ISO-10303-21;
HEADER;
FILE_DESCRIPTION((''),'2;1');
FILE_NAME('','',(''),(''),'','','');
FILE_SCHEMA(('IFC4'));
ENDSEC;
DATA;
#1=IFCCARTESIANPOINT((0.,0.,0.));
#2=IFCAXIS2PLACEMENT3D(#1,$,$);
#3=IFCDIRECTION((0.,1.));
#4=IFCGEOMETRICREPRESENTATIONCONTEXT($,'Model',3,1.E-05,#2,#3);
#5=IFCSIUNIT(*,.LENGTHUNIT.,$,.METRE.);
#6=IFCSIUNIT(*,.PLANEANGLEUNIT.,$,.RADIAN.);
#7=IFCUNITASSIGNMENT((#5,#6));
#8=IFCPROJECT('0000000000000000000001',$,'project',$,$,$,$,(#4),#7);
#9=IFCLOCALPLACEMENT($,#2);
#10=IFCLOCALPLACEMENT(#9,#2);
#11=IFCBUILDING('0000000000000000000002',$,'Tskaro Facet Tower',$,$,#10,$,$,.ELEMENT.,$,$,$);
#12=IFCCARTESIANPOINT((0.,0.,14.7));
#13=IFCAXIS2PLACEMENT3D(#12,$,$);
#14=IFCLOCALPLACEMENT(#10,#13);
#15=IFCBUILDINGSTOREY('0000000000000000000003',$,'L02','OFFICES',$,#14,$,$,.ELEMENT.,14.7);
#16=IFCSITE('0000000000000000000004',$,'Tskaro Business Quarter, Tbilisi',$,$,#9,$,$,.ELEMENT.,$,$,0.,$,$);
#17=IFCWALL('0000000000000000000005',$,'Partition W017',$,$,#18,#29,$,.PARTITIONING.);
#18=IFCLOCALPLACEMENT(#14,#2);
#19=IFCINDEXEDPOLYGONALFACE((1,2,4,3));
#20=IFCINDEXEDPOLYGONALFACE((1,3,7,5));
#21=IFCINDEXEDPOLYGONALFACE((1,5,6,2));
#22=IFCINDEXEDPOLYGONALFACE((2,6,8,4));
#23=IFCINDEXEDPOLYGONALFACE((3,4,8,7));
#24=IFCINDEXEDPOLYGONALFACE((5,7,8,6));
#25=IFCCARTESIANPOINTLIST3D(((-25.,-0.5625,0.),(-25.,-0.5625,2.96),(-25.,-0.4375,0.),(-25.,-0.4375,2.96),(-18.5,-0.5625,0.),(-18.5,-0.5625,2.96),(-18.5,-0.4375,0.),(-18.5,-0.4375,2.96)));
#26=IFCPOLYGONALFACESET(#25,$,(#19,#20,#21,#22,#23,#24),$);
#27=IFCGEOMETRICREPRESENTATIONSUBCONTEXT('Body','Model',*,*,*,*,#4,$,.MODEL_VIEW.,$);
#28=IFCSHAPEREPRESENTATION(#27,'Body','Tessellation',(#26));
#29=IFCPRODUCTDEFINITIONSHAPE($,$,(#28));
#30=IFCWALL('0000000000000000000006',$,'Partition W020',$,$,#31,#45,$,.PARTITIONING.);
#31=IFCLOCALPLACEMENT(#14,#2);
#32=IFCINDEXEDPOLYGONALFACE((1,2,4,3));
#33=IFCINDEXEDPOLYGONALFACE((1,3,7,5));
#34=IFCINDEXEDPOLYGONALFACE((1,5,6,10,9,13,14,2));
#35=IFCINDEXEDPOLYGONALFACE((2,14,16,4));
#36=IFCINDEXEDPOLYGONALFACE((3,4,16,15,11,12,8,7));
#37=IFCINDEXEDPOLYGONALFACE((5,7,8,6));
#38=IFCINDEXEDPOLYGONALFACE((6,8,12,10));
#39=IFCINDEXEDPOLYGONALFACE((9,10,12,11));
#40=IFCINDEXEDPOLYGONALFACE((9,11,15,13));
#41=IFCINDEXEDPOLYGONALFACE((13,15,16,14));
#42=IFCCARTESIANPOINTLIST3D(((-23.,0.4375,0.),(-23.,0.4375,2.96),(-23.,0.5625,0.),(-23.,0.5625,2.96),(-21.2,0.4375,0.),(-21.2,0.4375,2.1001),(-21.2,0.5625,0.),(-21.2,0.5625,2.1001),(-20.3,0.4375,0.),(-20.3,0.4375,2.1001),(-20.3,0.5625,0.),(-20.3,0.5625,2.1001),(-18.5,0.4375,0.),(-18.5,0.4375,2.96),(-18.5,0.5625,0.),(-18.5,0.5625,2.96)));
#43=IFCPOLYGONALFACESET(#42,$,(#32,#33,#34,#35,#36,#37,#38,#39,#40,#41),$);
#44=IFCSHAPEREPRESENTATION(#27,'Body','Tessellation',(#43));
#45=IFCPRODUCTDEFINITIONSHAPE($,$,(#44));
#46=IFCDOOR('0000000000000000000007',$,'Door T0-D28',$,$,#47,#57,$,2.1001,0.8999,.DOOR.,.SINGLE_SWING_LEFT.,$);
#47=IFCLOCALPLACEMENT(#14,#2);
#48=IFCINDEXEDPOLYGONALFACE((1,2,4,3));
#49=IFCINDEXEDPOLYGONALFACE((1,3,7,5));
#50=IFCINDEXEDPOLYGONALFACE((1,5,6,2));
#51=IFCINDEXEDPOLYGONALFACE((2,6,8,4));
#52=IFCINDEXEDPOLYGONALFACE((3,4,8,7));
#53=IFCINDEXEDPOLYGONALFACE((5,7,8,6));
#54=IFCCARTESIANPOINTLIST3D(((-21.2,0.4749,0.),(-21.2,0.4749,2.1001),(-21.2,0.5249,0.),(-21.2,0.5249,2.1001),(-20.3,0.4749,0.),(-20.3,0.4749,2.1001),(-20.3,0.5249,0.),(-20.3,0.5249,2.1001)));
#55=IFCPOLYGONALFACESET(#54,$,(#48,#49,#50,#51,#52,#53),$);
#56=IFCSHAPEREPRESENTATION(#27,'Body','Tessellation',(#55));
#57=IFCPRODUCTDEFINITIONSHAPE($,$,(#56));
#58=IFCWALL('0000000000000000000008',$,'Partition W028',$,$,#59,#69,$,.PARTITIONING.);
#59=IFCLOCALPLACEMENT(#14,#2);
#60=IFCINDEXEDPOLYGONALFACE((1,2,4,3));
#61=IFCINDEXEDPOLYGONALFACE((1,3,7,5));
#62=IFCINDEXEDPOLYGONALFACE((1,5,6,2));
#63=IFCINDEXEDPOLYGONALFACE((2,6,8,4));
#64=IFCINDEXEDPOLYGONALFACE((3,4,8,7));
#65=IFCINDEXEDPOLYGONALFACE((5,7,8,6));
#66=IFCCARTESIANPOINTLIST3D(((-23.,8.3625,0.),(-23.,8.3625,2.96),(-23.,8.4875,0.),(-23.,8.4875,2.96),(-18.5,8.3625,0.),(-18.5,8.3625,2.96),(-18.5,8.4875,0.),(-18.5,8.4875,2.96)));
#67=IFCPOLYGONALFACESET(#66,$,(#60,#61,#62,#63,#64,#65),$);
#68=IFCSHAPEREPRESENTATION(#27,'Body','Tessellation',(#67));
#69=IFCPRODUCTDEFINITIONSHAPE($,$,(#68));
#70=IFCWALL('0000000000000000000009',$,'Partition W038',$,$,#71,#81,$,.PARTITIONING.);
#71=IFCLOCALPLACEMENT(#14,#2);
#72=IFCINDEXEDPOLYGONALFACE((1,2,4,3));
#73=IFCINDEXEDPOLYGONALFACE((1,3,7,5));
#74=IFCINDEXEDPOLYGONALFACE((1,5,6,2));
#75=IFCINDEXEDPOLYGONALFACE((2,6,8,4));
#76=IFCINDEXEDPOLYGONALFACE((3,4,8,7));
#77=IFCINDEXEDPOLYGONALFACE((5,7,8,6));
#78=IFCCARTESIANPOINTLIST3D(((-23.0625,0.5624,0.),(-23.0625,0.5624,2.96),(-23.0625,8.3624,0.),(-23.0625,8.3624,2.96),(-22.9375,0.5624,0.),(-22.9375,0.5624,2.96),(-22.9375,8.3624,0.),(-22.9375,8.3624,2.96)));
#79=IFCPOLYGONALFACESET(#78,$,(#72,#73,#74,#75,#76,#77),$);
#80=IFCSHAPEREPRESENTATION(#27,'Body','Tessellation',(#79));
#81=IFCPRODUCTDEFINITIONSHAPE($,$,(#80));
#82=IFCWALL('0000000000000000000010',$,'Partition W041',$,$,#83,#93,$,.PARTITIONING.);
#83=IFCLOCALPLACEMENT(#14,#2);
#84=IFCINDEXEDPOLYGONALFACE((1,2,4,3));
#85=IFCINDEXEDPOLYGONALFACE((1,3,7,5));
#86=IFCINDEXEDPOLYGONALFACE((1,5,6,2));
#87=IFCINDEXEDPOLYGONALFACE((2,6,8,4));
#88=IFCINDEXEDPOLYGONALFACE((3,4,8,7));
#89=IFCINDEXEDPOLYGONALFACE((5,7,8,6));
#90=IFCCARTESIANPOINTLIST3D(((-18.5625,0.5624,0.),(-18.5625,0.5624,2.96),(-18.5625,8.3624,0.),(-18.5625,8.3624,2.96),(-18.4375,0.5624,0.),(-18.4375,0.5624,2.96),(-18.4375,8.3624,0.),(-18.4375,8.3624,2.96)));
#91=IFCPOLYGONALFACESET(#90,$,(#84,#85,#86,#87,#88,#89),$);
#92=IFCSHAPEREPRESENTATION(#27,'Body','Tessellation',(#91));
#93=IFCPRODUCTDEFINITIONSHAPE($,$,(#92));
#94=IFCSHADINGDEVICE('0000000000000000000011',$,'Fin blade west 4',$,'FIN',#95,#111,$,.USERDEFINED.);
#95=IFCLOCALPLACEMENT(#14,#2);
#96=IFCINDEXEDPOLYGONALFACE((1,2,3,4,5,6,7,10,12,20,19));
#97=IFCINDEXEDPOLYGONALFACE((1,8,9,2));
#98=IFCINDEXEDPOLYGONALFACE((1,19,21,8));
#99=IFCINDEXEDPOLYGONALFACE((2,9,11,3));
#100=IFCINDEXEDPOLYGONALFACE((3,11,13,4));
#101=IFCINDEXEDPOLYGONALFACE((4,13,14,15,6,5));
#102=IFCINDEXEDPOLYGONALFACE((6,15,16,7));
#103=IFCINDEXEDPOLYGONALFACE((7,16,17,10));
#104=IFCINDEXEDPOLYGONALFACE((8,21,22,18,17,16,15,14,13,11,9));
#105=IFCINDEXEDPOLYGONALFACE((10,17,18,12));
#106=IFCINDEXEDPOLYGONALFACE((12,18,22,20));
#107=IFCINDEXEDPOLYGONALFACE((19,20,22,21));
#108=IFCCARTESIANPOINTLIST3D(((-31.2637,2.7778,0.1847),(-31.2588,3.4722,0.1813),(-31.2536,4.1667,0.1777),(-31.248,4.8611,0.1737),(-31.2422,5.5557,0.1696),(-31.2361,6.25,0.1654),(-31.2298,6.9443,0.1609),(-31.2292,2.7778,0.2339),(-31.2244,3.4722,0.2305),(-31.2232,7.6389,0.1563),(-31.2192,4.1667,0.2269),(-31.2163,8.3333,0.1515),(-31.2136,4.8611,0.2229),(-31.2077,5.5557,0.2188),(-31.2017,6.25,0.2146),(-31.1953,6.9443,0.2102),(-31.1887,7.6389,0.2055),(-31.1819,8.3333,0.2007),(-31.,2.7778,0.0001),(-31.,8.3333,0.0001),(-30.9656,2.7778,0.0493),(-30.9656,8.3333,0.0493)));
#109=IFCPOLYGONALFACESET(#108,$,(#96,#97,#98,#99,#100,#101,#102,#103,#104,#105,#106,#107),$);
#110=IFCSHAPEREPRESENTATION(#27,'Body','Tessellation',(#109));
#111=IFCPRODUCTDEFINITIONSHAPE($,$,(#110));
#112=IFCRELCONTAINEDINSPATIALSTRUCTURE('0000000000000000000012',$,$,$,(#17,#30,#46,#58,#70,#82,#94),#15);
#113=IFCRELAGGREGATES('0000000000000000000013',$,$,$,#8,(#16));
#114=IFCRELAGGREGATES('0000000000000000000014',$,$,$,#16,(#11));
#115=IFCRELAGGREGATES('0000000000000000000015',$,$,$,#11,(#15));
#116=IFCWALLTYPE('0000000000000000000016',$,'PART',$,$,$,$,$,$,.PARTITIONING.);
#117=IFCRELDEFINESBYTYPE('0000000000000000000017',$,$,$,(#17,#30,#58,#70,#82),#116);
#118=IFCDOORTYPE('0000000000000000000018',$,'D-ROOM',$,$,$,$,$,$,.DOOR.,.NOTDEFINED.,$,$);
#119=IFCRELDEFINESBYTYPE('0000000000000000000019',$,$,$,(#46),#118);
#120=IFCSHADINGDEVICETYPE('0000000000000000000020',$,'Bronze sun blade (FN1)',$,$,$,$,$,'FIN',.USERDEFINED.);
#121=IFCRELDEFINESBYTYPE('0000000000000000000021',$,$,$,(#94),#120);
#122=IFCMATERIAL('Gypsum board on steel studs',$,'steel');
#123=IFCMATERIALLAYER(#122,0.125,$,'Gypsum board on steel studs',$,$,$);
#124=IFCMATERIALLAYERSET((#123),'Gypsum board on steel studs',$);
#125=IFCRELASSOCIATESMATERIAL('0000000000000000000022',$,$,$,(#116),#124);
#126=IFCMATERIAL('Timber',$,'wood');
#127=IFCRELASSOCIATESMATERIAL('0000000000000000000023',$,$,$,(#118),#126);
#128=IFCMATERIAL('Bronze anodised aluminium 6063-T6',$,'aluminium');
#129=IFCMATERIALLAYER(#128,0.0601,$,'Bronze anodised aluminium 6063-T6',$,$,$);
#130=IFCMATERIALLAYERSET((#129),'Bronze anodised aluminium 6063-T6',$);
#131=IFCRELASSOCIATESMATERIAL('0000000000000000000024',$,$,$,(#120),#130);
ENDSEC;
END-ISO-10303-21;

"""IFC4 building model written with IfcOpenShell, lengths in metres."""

from ifc_helpers import new_model, si_unit, direction, frame, frame_2d, origin, place, context, subcontext, project, spatial, polyline, rectangle, outline, extrude, material, layer, layer_set, type_object, element, fill, save


model = new_model("IFC4")

# Units and contexts
model_context = context("Model", 3, precision=1e-05, world=origin(), true_north=direction((0.0, 1.0)))
body_context = subcontext(model_context, "Body", "Model", "MODEL_VIEW")
ifc_project = project(units=[si_unit("LENGTHUNIT", "METRE"), si_unit("PLANEANGLEUNIT", "RADIAN")], contexts=[model_context])

# Site, building, storey
site_placement = place(None, origin())
site = spatial("IfcSite", under=ifc_project, at=site_placement, Name="Tskaro Business Quarter, Tbilisi", CompositionType="ELEMENT", RefElevation=0.0)
building_placement = place(site_placement, origin())
building = spatial("IfcBuilding", under=site, at=building_placement, Name="Tskaro Facet Tower", CompositionType="ELEMENT")
storey_placement = place(building_placement, frame((0.0, 0.0, 14.7)))
storey = spatial("IfcBuildingStorey", under=building, at=storey_placement, Name="L02", Description="OFFICES", CompositionType="ELEMENT", Elevation=14.7)

# Shared definitions
ifc_material_1 = material(Name="Bronze anodised aluminium 6063-T6", Category="aluminium")

# Wall
ifc_material_2 = material(Name="Gypsum board on steel studs", Category="steel")
ifc_layer_1 = layer(ifc_material_2, 0.125, Name="Gypsum board on steel studs")
ifc_layer_set_1 = layer_set([ifc_layer_1], Name="Gypsum board on steel studs")
wall_type = type_object("IfcWallType", Name="PART", PredefinedType="PARTITIONING", material=ifc_layer_set_1)
wall_1_placement = place(storey_placement, frame((-25.0, -0.5, 0.0), z_axis=(0.0, 0.0, 1.0), x_axis=(1.0, 0.0, 0.0)))
element("IfcWall", 1, at=wall_1_placement, inside=storey, type_object=wall_type, Name="Partition W017", PredefinedType="PARTITIONING", context=body_context, shape_type="SweptSolid", body=[
    extrude(rectangle(XDim=6.5, YDim=0.125, at=frame_2d((3.25, 0.0))), origin(), (0.0, 0.0, 1.0), 2.96),
])

# Wall, opening, door
wall_2_placement = place(storey_placement, frame((-23.0, 0.5, 0.0), z_axis=(0.0, 0.0, 1.0), x_axis=(1.0, 0.0, 0.0)))
wall_2 = element("IfcWall", 2, at=wall_2_placement, inside=storey, type_object=wall_type, Name="Partition W020", PredefinedType="PARTITIONING", context=body_context, shape_type="SweptSolid", body=[
    extrude(rectangle(XDim=4.5, YDim=0.125, at=frame_2d((2.25, 0.0))), origin(), (0.0, 0.0, 1.0), 2.96),
])
opening_placement = place(wall_2_placement, frame((1.8, 0.0, 0.0)))
opening = element("IfcOpeningElement", 3, at=opening_placement, cuts=wall_2, PredefinedType="OPENING", context=body_context, shape_type="SweptSolid", body=[
    extrude(rectangle(XDim=0.8999, YDim=2.1001, at=frame_2d((0.45, 1.05))), frame((0.0, 0.0725, 0.0), z_axis=(0.0, -1.0, 0.0), x_axis=(1.0, 0.0, 0.0)), (0.0, 0.0, 1.0), 0.145),
])
ifc_material_3 = material(Name="Timber", Category="wood")
door_type = type_object("IfcDoorType", Name="D-ROOM", OperationType="NOTDEFINED", PredefinedType="DOOR", material=ifc_material_3)
door_placement = place(opening_placement, origin())
door = element("IfcDoor", 4, at=door_placement, inside=storey, type_object=door_type, Name="Door T0-D28", OperationType="SINGLE_SWING_LEFT", OverallHeight=2.1001, OverallWidth=0.8999, PredefinedType="DOOR", context=body_context, shape_type="SweptSolid", body=[
    extrude(rectangle(XDim=0.8999, YDim=2.1001, at=frame_2d((0.45, 1.05))), frame((0.0, 0.0249, 0.0), z_axis=(0.0, -1.0, 0.0), x_axis=(1.0, 0.0, 0.0)), (0.0, 0.0, 1.0), 0.05),
])
fill(opening, door)

# Walls
wall_3_placement = place(storey_placement, frame((-23.0, 8.425, 0.0), z_axis=(0.0, 0.0, 1.0), x_axis=(1.0, 0.0, 0.0)))
element("IfcWall", 5, at=wall_3_placement, inside=storey, type_object=wall_type, Name="Partition W028", PredefinedType="PARTITIONING", context=body_context, shape_type="SweptSolid", body=[
    extrude(rectangle(XDim=4.5, YDim=0.125, at=frame_2d((2.25, 0.0))), origin(), (0.0, 0.0, 1.0), 2.96),
])
for number, where, z_axis, x_axis, name in (
    (6, (-23.0, 0.5625, 0.0), (0.0, 0.0, 1.0), (0.0, 1.0, 0.0), "Partition W038"),
    (7, (-18.5, 0.5625, 0.0), (0.0, 0.0, 1.0), (0.0, 1.0, 0.0), "Partition W041"),
):
    element("IfcWall", number, at=place(storey_placement, frame(where, z_axis=z_axis, x_axis=x_axis)), inside=storey, type_object=wall_type, Name=name, PredefinedType="PARTITIONING", context=body_context, shape_type="SweptSolid", body=[
        extrude(rectangle(XDim=7.8, YDim=0.125, at=frame_2d((3.8999, 0.0))), origin(), (0.0, 0.0, 1.0), 2.96),
    ])

# Shading device
ifc_layer_2 = layer(ifc_material_1, 0.0601, Name="Bronze anodised aluminium 6063-T6")
ifc_layer_set_2 = layer_set([ifc_layer_2], Name="Bronze anodised aluminium 6063-T6")
shading_device_type = type_object("IfcShadingDeviceType", Name="Bronze sun blade (FN1)", ElementType="FIN", PredefinedType="USERDEFINED", material=ifc_layer_set_2)
shading_device_1_placement = place(storey_placement, frame((-30.9656, 8.3333, 0.0493), z_axis=(0.573435, 0.000004, 0.819251), x_axis=(0.000002, -1.0, 0.000003)))
element("IfcShadingDevice", 8, at=shading_device_1_placement, inside=storey, type_object=shading_device_type, Name="Fin blade west 4", ObjectType="FIN", PredefinedType="USERDEFINED", context=body_context, shape_type="SweptSolid", body=[
    extrude(outline(polyline([(0.0, 0.0), (5.5554, 0.0), (5.5554, -0.3219), (4.8611, -0.3159), (4.1665, -0.3096), (3.4722, -0.3028), (2.7776, -0.2956), (2.0833, -0.2882), (1.3889, -0.2805), (0.6943, -0.2724), (0.0, -0.264), (0.0, 0.0)])), origin(), (0.0, 0.0, -1.0), 0.0601),
])

save(model, "model.ifc")
